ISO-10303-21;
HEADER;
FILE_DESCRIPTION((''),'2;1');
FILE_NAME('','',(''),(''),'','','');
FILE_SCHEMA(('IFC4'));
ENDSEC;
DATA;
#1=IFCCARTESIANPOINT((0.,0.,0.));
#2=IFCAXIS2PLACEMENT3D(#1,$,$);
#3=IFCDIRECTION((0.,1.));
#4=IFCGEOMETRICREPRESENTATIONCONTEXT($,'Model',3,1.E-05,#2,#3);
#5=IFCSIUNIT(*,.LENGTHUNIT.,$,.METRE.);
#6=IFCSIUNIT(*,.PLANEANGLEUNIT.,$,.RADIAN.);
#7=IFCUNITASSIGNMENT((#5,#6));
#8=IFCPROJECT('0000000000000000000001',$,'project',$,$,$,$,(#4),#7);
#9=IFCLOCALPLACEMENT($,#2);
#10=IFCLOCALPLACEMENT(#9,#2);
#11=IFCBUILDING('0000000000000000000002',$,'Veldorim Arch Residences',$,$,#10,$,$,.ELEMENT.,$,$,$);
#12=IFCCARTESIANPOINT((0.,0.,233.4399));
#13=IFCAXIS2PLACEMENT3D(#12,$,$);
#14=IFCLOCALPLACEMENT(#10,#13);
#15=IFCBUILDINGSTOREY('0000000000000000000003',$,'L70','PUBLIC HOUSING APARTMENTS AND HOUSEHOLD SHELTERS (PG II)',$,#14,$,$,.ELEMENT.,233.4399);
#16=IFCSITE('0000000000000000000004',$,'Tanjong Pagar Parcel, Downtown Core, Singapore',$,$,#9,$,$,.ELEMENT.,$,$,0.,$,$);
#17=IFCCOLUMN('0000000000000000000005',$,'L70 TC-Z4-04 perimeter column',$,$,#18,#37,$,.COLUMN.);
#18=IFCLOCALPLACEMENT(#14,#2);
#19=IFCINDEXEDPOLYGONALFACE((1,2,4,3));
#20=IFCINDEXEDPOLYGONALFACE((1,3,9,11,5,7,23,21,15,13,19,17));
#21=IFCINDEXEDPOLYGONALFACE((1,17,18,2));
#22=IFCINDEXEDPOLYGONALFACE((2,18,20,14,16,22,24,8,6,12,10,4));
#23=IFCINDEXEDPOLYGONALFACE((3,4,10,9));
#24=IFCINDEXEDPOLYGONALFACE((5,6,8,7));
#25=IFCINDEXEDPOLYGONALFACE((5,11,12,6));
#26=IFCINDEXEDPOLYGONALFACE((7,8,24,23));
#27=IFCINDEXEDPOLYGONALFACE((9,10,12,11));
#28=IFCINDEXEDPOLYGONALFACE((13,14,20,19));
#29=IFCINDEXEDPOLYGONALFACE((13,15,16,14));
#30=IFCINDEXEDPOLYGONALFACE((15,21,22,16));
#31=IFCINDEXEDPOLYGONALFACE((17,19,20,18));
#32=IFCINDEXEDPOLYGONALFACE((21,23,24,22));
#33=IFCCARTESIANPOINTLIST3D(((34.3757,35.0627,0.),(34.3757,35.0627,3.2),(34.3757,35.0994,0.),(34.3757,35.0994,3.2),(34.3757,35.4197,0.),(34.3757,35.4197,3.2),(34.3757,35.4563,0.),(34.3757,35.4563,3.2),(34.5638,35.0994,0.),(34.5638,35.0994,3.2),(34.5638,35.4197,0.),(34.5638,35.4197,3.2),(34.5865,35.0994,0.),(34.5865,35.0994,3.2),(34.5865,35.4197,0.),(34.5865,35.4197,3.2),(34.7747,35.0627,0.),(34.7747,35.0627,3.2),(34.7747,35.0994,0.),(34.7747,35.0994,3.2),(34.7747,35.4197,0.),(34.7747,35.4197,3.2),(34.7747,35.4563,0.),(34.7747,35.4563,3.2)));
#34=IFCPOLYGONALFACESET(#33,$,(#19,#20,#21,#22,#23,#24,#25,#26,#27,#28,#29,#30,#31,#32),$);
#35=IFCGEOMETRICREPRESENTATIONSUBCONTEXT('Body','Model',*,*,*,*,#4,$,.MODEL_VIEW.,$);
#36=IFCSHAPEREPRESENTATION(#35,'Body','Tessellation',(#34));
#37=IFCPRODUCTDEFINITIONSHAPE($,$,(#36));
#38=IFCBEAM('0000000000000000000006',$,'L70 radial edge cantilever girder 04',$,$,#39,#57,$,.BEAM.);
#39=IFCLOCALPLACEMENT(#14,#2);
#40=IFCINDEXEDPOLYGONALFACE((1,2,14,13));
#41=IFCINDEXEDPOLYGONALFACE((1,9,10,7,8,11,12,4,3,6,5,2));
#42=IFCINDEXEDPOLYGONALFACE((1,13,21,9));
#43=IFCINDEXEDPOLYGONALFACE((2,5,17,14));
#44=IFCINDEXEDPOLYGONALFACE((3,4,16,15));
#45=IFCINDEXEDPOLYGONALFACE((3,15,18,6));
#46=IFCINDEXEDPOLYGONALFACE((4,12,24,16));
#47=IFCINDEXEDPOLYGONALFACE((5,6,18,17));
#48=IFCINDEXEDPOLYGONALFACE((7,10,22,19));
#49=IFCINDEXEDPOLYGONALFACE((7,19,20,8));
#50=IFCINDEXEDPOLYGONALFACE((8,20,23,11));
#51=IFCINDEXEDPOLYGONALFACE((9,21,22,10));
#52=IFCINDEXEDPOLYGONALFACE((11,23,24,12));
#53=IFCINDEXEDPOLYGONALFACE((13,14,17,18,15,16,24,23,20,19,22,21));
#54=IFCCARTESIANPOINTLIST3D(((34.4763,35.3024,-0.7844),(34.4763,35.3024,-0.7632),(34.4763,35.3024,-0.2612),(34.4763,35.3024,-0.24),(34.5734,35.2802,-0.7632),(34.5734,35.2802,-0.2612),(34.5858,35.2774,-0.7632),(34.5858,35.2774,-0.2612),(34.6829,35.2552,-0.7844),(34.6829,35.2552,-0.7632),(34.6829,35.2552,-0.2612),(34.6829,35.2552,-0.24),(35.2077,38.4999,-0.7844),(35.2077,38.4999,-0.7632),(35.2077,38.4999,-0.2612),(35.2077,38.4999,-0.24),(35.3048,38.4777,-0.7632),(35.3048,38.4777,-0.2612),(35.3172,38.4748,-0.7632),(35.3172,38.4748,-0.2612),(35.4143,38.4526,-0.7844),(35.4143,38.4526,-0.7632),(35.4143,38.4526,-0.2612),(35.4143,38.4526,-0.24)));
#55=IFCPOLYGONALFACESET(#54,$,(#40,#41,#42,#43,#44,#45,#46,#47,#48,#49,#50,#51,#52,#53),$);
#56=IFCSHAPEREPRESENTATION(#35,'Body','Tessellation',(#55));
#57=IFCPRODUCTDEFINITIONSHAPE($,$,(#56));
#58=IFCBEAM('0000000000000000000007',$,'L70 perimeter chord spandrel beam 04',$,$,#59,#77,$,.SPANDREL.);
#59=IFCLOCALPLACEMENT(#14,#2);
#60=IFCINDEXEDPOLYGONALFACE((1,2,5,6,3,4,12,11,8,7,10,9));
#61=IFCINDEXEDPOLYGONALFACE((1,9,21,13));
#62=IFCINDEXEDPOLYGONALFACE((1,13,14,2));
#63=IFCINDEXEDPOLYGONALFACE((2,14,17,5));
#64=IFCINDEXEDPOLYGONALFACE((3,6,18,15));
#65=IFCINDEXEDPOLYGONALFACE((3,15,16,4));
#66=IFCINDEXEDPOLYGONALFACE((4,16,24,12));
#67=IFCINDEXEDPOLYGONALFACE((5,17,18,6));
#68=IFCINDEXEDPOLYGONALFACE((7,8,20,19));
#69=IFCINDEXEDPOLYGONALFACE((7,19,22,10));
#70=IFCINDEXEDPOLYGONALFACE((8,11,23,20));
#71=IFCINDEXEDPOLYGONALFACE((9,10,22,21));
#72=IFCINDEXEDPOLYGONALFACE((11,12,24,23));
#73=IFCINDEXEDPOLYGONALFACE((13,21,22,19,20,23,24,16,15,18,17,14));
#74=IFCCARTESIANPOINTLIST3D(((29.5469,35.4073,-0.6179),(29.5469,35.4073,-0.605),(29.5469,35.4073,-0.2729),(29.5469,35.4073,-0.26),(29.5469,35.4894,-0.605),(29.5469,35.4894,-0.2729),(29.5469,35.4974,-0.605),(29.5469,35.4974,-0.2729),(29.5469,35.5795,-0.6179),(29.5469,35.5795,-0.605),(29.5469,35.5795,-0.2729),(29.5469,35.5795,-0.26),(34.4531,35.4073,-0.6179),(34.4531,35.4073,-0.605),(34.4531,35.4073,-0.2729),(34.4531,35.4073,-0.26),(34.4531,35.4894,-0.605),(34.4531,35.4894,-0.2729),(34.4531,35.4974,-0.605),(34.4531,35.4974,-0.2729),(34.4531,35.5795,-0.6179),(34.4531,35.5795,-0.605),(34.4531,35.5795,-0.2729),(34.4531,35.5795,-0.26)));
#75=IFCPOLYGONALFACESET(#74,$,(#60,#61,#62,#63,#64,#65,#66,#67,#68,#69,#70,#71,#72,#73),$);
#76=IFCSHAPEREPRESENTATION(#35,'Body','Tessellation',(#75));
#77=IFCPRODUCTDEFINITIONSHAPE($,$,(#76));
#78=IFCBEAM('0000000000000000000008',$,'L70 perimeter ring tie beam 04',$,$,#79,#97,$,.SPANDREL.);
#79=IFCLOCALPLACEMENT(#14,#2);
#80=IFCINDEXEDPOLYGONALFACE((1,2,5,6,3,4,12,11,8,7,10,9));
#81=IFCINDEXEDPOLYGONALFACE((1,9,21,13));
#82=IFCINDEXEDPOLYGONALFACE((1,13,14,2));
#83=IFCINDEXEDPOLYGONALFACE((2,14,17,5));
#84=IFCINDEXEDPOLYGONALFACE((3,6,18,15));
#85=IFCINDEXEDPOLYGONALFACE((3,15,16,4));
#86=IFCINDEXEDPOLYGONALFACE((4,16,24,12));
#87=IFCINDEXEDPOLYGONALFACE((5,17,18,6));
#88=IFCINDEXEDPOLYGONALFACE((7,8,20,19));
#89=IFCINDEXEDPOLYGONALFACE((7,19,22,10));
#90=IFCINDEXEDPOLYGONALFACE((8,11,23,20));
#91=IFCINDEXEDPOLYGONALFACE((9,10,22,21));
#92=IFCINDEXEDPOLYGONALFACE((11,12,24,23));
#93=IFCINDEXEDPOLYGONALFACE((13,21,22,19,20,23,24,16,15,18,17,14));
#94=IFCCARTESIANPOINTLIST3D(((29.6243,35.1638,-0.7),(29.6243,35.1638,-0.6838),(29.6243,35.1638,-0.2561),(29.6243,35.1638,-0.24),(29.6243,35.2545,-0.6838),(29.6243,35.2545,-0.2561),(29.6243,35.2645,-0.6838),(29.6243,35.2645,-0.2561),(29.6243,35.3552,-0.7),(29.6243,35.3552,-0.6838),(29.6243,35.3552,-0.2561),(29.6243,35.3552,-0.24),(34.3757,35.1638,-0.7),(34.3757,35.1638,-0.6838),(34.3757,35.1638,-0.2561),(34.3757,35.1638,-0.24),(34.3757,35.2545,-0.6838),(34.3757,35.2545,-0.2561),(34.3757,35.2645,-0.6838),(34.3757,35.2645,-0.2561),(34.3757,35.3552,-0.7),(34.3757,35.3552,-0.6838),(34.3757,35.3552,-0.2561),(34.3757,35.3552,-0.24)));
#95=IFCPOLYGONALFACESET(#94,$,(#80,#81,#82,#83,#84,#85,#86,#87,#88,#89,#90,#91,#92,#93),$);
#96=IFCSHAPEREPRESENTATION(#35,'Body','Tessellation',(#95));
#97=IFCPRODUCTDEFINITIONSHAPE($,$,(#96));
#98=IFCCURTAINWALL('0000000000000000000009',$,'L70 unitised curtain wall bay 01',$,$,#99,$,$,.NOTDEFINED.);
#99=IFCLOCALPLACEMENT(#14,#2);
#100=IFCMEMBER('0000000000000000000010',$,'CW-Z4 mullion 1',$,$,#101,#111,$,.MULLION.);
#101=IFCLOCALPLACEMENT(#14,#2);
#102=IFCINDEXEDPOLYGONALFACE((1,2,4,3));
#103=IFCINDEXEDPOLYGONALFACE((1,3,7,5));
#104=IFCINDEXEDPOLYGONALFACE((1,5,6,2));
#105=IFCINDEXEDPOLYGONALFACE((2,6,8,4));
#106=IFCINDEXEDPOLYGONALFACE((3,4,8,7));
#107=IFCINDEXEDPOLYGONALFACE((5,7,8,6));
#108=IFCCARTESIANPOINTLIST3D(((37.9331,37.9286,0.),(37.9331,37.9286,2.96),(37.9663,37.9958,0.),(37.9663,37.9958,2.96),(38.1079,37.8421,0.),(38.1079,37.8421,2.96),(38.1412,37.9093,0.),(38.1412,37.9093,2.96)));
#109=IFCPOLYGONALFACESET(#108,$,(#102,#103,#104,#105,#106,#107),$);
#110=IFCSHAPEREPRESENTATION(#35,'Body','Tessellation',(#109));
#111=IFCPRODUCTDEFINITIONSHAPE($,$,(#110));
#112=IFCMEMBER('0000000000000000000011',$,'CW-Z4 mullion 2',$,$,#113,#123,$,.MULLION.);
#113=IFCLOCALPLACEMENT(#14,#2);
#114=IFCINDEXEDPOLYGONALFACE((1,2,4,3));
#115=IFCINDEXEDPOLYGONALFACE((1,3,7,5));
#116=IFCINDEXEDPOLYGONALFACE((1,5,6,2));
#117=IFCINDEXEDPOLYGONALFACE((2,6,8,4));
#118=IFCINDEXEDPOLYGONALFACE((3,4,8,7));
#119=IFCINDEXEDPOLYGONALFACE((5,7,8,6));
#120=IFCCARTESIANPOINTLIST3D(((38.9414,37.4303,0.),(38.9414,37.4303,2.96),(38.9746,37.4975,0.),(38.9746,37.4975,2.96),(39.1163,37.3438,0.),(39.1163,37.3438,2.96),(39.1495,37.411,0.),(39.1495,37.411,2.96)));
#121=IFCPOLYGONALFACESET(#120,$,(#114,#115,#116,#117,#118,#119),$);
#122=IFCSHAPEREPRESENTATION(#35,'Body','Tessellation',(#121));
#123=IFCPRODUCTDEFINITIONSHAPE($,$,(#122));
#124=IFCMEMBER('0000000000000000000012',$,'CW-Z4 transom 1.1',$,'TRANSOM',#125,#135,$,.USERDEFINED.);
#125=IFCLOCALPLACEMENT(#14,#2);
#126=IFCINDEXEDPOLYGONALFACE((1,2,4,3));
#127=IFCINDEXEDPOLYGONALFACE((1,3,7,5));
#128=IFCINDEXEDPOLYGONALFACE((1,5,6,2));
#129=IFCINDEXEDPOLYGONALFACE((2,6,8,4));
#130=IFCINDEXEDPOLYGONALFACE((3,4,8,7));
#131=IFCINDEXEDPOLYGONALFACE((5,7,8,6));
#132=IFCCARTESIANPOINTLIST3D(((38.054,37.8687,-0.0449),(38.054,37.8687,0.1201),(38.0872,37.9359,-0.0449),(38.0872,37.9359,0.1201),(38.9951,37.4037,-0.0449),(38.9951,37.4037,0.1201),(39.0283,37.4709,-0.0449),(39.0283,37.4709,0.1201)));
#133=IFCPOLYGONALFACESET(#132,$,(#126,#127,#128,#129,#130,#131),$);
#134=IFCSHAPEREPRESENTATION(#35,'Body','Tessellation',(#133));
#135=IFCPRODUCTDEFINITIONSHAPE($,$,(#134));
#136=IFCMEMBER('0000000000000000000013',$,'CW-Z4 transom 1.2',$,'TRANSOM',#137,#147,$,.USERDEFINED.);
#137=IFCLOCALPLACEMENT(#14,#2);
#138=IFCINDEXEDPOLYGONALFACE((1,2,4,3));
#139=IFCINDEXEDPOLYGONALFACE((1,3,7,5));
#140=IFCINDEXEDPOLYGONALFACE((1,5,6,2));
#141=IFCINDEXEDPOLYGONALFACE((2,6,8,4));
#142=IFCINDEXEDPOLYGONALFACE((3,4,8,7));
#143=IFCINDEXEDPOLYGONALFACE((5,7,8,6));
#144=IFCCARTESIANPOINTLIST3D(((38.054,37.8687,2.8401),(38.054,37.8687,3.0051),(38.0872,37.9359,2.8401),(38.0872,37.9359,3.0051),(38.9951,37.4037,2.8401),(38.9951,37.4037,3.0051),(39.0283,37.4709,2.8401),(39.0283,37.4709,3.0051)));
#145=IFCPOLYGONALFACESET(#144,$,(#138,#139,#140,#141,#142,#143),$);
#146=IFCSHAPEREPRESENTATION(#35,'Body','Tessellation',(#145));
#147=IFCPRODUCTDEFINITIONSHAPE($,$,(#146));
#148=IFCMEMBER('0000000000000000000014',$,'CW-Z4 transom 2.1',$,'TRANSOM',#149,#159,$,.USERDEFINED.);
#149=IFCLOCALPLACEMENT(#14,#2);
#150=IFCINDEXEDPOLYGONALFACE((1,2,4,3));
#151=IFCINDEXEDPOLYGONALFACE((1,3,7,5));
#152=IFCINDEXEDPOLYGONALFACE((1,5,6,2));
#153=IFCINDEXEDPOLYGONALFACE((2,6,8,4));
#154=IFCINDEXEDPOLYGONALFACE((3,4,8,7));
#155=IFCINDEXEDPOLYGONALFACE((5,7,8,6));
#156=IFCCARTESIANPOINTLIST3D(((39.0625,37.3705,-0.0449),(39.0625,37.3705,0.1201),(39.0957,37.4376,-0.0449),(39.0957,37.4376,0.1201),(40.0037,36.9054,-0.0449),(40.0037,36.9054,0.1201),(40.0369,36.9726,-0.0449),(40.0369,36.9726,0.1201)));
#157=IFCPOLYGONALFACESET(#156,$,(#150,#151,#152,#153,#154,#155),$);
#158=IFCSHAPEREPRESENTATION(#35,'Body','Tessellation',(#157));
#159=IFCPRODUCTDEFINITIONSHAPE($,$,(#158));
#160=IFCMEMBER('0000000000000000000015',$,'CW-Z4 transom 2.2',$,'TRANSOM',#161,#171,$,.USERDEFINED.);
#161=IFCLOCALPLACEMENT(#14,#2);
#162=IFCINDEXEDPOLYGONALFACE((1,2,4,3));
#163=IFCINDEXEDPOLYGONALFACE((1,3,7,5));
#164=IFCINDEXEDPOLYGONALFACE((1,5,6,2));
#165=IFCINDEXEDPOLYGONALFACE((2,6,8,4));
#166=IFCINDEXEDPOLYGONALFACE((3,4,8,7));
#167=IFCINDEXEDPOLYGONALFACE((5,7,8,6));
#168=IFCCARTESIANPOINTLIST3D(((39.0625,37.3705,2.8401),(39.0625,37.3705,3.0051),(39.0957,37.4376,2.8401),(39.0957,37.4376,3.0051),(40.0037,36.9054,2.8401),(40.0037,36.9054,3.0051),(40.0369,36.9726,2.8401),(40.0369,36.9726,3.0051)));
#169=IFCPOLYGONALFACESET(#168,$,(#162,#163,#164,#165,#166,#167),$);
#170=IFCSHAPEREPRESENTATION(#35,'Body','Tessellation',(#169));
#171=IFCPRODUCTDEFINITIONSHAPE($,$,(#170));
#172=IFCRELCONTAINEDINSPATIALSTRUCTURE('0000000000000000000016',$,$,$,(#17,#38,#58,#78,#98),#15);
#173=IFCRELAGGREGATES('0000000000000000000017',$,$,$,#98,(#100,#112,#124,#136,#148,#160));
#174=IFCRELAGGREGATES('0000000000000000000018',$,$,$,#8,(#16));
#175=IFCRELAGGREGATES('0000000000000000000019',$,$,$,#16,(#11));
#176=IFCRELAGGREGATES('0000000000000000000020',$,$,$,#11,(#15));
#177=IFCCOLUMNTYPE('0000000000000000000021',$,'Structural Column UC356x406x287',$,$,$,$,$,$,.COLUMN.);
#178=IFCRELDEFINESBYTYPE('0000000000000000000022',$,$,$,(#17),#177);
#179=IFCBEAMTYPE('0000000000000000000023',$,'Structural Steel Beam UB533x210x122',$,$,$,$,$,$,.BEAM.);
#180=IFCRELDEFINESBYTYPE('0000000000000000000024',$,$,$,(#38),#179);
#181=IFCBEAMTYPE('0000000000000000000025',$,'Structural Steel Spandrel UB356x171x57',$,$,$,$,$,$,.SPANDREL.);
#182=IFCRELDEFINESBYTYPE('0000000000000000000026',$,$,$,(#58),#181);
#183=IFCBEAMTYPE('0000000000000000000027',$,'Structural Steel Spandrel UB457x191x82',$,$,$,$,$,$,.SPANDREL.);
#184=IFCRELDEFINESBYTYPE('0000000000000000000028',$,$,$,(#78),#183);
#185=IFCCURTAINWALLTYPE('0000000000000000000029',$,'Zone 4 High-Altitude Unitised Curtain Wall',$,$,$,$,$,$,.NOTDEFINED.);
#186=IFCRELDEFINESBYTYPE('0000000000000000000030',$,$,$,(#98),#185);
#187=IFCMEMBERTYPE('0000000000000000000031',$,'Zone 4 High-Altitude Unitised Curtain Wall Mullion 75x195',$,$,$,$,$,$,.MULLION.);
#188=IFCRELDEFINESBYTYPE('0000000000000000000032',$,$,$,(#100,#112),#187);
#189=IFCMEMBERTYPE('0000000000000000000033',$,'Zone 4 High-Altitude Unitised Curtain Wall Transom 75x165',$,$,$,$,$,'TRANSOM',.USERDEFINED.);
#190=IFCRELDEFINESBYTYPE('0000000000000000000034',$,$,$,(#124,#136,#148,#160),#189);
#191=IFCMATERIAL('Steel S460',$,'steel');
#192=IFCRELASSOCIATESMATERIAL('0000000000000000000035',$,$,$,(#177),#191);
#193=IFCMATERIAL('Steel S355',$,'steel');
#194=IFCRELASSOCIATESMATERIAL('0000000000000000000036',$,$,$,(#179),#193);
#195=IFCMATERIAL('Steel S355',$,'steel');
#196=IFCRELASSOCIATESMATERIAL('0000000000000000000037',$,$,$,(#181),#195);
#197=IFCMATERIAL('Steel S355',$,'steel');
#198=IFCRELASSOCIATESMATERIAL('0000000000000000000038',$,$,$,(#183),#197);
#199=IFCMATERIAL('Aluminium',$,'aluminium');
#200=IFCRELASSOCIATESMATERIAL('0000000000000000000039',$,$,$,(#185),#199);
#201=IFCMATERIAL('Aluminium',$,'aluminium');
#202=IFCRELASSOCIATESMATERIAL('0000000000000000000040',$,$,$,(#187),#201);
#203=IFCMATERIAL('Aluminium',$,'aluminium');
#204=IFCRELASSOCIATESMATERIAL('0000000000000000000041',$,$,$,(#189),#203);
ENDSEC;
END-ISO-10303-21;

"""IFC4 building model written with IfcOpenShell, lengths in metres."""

from ifc_helpers import new_model, si_unit, direction, frame, origin, origin_2d, place, context, subcontext, project, spatial, rectangle, i_section, extrude, material, material_profile, profile_set, type_object, element, aggregate, save


model = new_model("IFC4")

# Units and contexts
model_context = context("Model", 3, precision=1e-05, world=origin(), true_north=direction((0.0, 1.0)))
body_context = subcontext(model_context, "Body", "Model", "MODEL_VIEW")
ifc_project = project(units=[si_unit("LENGTHUNIT", "METRE"), si_unit("PLANEANGLEUNIT", "RADIAN")], contexts=[model_context])

# Site, building, storey
site_placement = place(None, origin())
site = spatial("IfcSite", under=ifc_project, at=site_placement, Name="Tanjong Pagar Parcel, Downtown Core, Singapore", CompositionType="ELEMENT", RefElevation=0.0)
building_placement = place(site_placement, origin())
building = spatial("IfcBuilding", under=site, at=building_placement, Name="Veldorim Arch Residences", CompositionType="ELEMENT")
storey_placement = place(building_placement, frame((0.0, 0.0, 233.4399)))
storey = spatial("IfcBuildingStorey", under=building, at=storey_placement, Name="L70", Description="PUBLIC HOUSING APARTMENTS AND HOUSEHOLD SHELTERS (PG II)", CompositionType="ELEMENT", Elevation=233.4399)

# Column
ifc_material_1 = material(Name="Steel S460", Category="steel")
ifc_material_profile_1 = material_profile(ifc_material_1, i_section(OverallWidth=0.3989, OverallDepth=0.3936, WebThickness=0.0227, FlangeThickness=0.0366, at=origin_2d()), Name="UC356x406x287")
ifc_profile_set_1 = profile_set([ifc_material_profile_1], Name="Steel S460")
column_type = type_object("IfcColumnType", Name="Structural Column UC356x406x287", PredefinedType="COLUMN", material=ifc_profile_set_1)
column_placement = place(storey_placement, frame((34.5752, 35.2595, 0.0), z_axis=(0.0, 0.0, 1.0), x_axis=(1.0, 0.0, 0.0)))
element("IfcColumn", 1, at=column_placement, inside=storey, type_object=column_type, Name="L70 TC-Z4-04 perimeter column", PredefinedType="COLUMN", context=body_context, shape_type="SweptSolid", body=[
    extrude(i_section(OverallWidth=0.3989, OverallDepth=0.3936, WebThickness=0.0227, FlangeThickness=0.0366, at=origin_2d()), origin(), (0.0, 0.0, 1.0), 3.2),
])

# Beams
ifc_material_2 = material(Name="Steel S355", Category="steel")
ifc_material_profile_2 = material_profile(ifc_material_2, i_section(OverallWidth=0.2119, OverallDepth=0.5444, WebThickness=0.0127, FlangeThickness=0.0212, at=origin_2d()), Name="UB533x210x122")
ifc_profile_set_2 = profile_set([ifc_material_profile_2], Name="Steel S355")
beam_type_1 = type_object("IfcBeamType", Name="Structural Steel Beam UB533x210x122", PredefinedType="BEAM", material=ifc_profile_set_2)
beam_1_placement = place(storey_placement, frame((34.5796, 35.2788, -0.5122), z_axis=(0.222995, 0.97482, 0.0), x_axis=(-0.97482, 0.222995, 0.0)))
element("IfcBeam", 2, at=beam_1_placement, inside=storey, type_object=beam_type_1, Name="L70 radial edge cantilever girder 04", PredefinedType="BEAM", context=body_context, shape_type="SweptSolid", body=[
    extrude(i_section(OverallWidth=0.2119, OverallDepth=0.5444, WebThickness=0.0127, FlangeThickness=0.0212, at=origin_2d()), origin(), (0.0, 0.0, 1.0), 3.28),
])
ifc_material_3 = material(Name="Steel S355", Category="steel")
ifc_material_profile_3 = material_profile(ifc_material_3, i_section(OverallWidth=0.1721, OverallDepth=0.3579, WebThickness=0.0081, FlangeThickness=0.0129, at=origin_2d()), Name="UB356x171x57")
ifc_profile_set_3 = profile_set([ifc_material_profile_3], Name="Steel S355")
beam_type_2 = type_object("IfcBeamType", Name="Structural Steel Spandrel UB356x171x57", PredefinedType="SPANDREL", material=ifc_profile_set_3)
beam_2_placement = place(storey_placement, frame((34.4531, 35.4934, -0.439), z_axis=(-1.0, 0.0, 0.0), x_axis=(0.0, -1.0, 0.0)))
element("IfcBeam", 3, at=beam_2_placement, inside=storey, type_object=beam_type_2, Name="L70 perimeter chord spandrel beam 04", PredefinedType="SPANDREL", context=body_context, shape_type="SweptSolid", body=[
    extrude(i_section(OverallWidth=0.1721, OverallDepth=0.3579, WebThickness=0.0081, FlangeThickness=0.0129, at=origin_2d()), origin(), (0.0, 0.0, 1.0), 4.9062),
])
ifc_material_4 = material(Name="Steel S355", Category="steel")
ifc_material_profile_4 = material_profile(ifc_material_4, i_section(OverallWidth=0.1914, OverallDepth=0.46, WebThickness=0.01, FlangeThickness=0.0161, at=origin_2d()), Name="UB457x191x82")
ifc_profile_set_4 = profile_set([ifc_material_profile_4], Name="Steel S355")
beam_type_3 = type_object("IfcBeamType", Name="Structural Steel Spandrel UB457x191x82", PredefinedType="SPANDREL", material=ifc_profile_set_4)
beam_3_placement = place(storey_placement, frame((34.3757, 35.2595, -0.47), z_axis=(-1.0, 0.0, 0.0), x_axis=(0.0, -1.0, 0.0)))
element("IfcBeam", 4, at=beam_3_placement, inside=storey, type_object=beam_type_3, Name="L70 perimeter ring tie beam 04", PredefinedType="SPANDREL", context=body_context, shape_type="SweptSolid", body=[
    extrude(i_section(OverallWidth=0.1914, OverallDepth=0.46, WebThickness=0.01, FlangeThickness=0.0161, at=origin_2d()), origin(), (0.0, 0.0, 1.0), 4.7515),
])

# Curtain wall, members
ifc_material_5 = material(Name="Aluminium", Category="aluminium")
curtain_wall_type = type_object("IfcCurtainWallType", Name="Zone 4 High-Altitude Unitised Curtain Wall", PredefinedType="NOTDEFINED", material=ifc_material_5)
curtain_wall_placement = place(storey_placement, origin())
curtain_wall = element("IfcCurtainWall", 5, at=curtain_wall_placement, inside=storey, type_object=curtain_wall_type, Name="L70 unitised curtain wall bay 01", PredefinedType="NOTDEFINED")
ifc_material_6 = material(Name="Aluminium", Category="aluminium")
ifc_material_profile_5 = material_profile(ifc_material_6, rectangle(XDim=0.075, YDim=0.1951, at=origin_2d()), Name="ALU_MUL_75x195")
ifc_profile_set_5 = profile_set([ifc_material_profile_5], Name="Aluminium")
member_type_1 = type_object("IfcMemberType", Name="Zone 4 High-Altitude Unitised Curtain Wall Mullion 75x195", PredefinedType="MULLION", material=ifc_profile_set_5)
member_1_placement = place(storey_placement, frame((38.0371, 37.9189, 0.0), z_axis=(0.0, 0.0, 1.0), x_axis=(0.442993, 0.896525, 0.0)))
member_1 = element("IfcMember", 6, at=member_1_placement, type_object=member_type_1, Name="CW-Z4 mullion 1", PredefinedType="MULLION", context=body_context, shape_type="SweptSolid", body=[
    extrude(rectangle(XDim=0.075, YDim=0.1951, at=origin_2d()), origin(), (0.0, 0.0, 1.0), 2.96),
])
member_2_placement = place(storey_placement, frame((39.0454, 37.4207, 0.0), z_axis=(0.0, 0.0, 1.0), x_axis=(0.442993, 0.896525, 0.0)))
member_2 = element("IfcMember", 7, at=member_2_placement, type_object=member_type_1, Name="CW-Z4 mullion 2", PredefinedType="MULLION", context=body_context, shape_type="SweptSolid", body=[
    extrude(rectangle(XDim=0.075, YDim=0.1951, at=origin_2d()), origin(), (0.0, 0.0, 1.0), 2.96),
])
ifc_material_7 = material(Name="Aluminium", Category="aluminium")
ifc_material_profile_6 = material_profile(ifc_material_7, rectangle(XDim=0.075, YDim=0.165, at=origin_2d()), Name="ALU_TRN_75x165")
ifc_profile_set_6 = profile_set([ifc_material_profile_6], Name="Aluminium")
member_type_2 = type_object("IfcMemberType", Name="Zone 4 High-Altitude Unitised Curtain Wall Transom 75x165", ElementType="TRANSOM", PredefinedType="USERDEFINED", material=ifc_profile_set_6)
member_3_placement = place(storey_placement, frame((38.0706, 37.9023, 0.0376), z_axis=(0.89651, -0.443023, 0.0), x_axis=(0.443023, 0.89651, 0.0)))
member_3 = element("IfcMember", 8, at=member_3_placement, type_object=member_type_2, Name="CW-Z4 transom 1.1", ObjectType="TRANSOM", PredefinedType="USERDEFINED", context=body_context, shape_type="SweptSolid", body=[
    extrude(rectangle(XDim=0.075, YDim=0.165, at=origin_2d()), origin(), (0.0, 0.0, 1.0), 1.0498),
])
member_4_placement = place(storey_placement, frame((38.0706, 37.9023, 2.9226), z_axis=(0.89651, -0.443023, 0.0), x_axis=(0.443023, 0.89651, 0.0)))
member_4 = element("IfcMember", 9, at=member_4_placement, type_object=member_type_2, Name="CW-Z4 transom 1.2", ObjectType="TRANSOM", PredefinedType="USERDEFINED", context=body_context, shape_type="SweptSolid", body=[
    extrude(rectangle(XDim=0.075, YDim=0.165, at=origin_2d()), origin(), (0.0, 0.0, 1.0), 1.0498),
])
member_5_placement = place(storey_placement, frame((39.0791, 37.4041, 0.0376), z_axis=(0.89651, -0.443023, 0.0), x_axis=(0.443023, 0.89651, 0.0)))
member_5 = element("IfcMember", 10, at=member_5_placement, type_object=member_type_2, Name="CW-Z4 transom 2.1", ObjectType="TRANSOM", PredefinedType="USERDEFINED", context=body_context, shape_type="SweptSolid", body=[
    extrude(rectangle(XDim=0.075, YDim=0.165, at=origin_2d()), origin(), (0.0, 0.0, 1.0), 1.0498),
])
member_6_placement = place(storey_placement, frame((39.0791, 37.4041, 2.9226), z_axis=(0.89651, -0.443023, 0.0), x_axis=(0.443023, 0.89651, 0.0)))
member_6 = element("IfcMember", 11, at=member_6_placement, type_object=member_type_2, Name="CW-Z4 transom 2.2", ObjectType="TRANSOM", PredefinedType="USERDEFINED", context=body_context, shape_type="SweptSolid", body=[
    extrude(rectangle(XDim=0.075, YDim=0.165, at=origin_2d()), origin(), (0.0, 0.0, 1.0), 1.0498),
])
aggregate(curtain_wall, [member_1, member_2, member_3, member_4, member_5, member_6])

save(model, "model.ifc")
